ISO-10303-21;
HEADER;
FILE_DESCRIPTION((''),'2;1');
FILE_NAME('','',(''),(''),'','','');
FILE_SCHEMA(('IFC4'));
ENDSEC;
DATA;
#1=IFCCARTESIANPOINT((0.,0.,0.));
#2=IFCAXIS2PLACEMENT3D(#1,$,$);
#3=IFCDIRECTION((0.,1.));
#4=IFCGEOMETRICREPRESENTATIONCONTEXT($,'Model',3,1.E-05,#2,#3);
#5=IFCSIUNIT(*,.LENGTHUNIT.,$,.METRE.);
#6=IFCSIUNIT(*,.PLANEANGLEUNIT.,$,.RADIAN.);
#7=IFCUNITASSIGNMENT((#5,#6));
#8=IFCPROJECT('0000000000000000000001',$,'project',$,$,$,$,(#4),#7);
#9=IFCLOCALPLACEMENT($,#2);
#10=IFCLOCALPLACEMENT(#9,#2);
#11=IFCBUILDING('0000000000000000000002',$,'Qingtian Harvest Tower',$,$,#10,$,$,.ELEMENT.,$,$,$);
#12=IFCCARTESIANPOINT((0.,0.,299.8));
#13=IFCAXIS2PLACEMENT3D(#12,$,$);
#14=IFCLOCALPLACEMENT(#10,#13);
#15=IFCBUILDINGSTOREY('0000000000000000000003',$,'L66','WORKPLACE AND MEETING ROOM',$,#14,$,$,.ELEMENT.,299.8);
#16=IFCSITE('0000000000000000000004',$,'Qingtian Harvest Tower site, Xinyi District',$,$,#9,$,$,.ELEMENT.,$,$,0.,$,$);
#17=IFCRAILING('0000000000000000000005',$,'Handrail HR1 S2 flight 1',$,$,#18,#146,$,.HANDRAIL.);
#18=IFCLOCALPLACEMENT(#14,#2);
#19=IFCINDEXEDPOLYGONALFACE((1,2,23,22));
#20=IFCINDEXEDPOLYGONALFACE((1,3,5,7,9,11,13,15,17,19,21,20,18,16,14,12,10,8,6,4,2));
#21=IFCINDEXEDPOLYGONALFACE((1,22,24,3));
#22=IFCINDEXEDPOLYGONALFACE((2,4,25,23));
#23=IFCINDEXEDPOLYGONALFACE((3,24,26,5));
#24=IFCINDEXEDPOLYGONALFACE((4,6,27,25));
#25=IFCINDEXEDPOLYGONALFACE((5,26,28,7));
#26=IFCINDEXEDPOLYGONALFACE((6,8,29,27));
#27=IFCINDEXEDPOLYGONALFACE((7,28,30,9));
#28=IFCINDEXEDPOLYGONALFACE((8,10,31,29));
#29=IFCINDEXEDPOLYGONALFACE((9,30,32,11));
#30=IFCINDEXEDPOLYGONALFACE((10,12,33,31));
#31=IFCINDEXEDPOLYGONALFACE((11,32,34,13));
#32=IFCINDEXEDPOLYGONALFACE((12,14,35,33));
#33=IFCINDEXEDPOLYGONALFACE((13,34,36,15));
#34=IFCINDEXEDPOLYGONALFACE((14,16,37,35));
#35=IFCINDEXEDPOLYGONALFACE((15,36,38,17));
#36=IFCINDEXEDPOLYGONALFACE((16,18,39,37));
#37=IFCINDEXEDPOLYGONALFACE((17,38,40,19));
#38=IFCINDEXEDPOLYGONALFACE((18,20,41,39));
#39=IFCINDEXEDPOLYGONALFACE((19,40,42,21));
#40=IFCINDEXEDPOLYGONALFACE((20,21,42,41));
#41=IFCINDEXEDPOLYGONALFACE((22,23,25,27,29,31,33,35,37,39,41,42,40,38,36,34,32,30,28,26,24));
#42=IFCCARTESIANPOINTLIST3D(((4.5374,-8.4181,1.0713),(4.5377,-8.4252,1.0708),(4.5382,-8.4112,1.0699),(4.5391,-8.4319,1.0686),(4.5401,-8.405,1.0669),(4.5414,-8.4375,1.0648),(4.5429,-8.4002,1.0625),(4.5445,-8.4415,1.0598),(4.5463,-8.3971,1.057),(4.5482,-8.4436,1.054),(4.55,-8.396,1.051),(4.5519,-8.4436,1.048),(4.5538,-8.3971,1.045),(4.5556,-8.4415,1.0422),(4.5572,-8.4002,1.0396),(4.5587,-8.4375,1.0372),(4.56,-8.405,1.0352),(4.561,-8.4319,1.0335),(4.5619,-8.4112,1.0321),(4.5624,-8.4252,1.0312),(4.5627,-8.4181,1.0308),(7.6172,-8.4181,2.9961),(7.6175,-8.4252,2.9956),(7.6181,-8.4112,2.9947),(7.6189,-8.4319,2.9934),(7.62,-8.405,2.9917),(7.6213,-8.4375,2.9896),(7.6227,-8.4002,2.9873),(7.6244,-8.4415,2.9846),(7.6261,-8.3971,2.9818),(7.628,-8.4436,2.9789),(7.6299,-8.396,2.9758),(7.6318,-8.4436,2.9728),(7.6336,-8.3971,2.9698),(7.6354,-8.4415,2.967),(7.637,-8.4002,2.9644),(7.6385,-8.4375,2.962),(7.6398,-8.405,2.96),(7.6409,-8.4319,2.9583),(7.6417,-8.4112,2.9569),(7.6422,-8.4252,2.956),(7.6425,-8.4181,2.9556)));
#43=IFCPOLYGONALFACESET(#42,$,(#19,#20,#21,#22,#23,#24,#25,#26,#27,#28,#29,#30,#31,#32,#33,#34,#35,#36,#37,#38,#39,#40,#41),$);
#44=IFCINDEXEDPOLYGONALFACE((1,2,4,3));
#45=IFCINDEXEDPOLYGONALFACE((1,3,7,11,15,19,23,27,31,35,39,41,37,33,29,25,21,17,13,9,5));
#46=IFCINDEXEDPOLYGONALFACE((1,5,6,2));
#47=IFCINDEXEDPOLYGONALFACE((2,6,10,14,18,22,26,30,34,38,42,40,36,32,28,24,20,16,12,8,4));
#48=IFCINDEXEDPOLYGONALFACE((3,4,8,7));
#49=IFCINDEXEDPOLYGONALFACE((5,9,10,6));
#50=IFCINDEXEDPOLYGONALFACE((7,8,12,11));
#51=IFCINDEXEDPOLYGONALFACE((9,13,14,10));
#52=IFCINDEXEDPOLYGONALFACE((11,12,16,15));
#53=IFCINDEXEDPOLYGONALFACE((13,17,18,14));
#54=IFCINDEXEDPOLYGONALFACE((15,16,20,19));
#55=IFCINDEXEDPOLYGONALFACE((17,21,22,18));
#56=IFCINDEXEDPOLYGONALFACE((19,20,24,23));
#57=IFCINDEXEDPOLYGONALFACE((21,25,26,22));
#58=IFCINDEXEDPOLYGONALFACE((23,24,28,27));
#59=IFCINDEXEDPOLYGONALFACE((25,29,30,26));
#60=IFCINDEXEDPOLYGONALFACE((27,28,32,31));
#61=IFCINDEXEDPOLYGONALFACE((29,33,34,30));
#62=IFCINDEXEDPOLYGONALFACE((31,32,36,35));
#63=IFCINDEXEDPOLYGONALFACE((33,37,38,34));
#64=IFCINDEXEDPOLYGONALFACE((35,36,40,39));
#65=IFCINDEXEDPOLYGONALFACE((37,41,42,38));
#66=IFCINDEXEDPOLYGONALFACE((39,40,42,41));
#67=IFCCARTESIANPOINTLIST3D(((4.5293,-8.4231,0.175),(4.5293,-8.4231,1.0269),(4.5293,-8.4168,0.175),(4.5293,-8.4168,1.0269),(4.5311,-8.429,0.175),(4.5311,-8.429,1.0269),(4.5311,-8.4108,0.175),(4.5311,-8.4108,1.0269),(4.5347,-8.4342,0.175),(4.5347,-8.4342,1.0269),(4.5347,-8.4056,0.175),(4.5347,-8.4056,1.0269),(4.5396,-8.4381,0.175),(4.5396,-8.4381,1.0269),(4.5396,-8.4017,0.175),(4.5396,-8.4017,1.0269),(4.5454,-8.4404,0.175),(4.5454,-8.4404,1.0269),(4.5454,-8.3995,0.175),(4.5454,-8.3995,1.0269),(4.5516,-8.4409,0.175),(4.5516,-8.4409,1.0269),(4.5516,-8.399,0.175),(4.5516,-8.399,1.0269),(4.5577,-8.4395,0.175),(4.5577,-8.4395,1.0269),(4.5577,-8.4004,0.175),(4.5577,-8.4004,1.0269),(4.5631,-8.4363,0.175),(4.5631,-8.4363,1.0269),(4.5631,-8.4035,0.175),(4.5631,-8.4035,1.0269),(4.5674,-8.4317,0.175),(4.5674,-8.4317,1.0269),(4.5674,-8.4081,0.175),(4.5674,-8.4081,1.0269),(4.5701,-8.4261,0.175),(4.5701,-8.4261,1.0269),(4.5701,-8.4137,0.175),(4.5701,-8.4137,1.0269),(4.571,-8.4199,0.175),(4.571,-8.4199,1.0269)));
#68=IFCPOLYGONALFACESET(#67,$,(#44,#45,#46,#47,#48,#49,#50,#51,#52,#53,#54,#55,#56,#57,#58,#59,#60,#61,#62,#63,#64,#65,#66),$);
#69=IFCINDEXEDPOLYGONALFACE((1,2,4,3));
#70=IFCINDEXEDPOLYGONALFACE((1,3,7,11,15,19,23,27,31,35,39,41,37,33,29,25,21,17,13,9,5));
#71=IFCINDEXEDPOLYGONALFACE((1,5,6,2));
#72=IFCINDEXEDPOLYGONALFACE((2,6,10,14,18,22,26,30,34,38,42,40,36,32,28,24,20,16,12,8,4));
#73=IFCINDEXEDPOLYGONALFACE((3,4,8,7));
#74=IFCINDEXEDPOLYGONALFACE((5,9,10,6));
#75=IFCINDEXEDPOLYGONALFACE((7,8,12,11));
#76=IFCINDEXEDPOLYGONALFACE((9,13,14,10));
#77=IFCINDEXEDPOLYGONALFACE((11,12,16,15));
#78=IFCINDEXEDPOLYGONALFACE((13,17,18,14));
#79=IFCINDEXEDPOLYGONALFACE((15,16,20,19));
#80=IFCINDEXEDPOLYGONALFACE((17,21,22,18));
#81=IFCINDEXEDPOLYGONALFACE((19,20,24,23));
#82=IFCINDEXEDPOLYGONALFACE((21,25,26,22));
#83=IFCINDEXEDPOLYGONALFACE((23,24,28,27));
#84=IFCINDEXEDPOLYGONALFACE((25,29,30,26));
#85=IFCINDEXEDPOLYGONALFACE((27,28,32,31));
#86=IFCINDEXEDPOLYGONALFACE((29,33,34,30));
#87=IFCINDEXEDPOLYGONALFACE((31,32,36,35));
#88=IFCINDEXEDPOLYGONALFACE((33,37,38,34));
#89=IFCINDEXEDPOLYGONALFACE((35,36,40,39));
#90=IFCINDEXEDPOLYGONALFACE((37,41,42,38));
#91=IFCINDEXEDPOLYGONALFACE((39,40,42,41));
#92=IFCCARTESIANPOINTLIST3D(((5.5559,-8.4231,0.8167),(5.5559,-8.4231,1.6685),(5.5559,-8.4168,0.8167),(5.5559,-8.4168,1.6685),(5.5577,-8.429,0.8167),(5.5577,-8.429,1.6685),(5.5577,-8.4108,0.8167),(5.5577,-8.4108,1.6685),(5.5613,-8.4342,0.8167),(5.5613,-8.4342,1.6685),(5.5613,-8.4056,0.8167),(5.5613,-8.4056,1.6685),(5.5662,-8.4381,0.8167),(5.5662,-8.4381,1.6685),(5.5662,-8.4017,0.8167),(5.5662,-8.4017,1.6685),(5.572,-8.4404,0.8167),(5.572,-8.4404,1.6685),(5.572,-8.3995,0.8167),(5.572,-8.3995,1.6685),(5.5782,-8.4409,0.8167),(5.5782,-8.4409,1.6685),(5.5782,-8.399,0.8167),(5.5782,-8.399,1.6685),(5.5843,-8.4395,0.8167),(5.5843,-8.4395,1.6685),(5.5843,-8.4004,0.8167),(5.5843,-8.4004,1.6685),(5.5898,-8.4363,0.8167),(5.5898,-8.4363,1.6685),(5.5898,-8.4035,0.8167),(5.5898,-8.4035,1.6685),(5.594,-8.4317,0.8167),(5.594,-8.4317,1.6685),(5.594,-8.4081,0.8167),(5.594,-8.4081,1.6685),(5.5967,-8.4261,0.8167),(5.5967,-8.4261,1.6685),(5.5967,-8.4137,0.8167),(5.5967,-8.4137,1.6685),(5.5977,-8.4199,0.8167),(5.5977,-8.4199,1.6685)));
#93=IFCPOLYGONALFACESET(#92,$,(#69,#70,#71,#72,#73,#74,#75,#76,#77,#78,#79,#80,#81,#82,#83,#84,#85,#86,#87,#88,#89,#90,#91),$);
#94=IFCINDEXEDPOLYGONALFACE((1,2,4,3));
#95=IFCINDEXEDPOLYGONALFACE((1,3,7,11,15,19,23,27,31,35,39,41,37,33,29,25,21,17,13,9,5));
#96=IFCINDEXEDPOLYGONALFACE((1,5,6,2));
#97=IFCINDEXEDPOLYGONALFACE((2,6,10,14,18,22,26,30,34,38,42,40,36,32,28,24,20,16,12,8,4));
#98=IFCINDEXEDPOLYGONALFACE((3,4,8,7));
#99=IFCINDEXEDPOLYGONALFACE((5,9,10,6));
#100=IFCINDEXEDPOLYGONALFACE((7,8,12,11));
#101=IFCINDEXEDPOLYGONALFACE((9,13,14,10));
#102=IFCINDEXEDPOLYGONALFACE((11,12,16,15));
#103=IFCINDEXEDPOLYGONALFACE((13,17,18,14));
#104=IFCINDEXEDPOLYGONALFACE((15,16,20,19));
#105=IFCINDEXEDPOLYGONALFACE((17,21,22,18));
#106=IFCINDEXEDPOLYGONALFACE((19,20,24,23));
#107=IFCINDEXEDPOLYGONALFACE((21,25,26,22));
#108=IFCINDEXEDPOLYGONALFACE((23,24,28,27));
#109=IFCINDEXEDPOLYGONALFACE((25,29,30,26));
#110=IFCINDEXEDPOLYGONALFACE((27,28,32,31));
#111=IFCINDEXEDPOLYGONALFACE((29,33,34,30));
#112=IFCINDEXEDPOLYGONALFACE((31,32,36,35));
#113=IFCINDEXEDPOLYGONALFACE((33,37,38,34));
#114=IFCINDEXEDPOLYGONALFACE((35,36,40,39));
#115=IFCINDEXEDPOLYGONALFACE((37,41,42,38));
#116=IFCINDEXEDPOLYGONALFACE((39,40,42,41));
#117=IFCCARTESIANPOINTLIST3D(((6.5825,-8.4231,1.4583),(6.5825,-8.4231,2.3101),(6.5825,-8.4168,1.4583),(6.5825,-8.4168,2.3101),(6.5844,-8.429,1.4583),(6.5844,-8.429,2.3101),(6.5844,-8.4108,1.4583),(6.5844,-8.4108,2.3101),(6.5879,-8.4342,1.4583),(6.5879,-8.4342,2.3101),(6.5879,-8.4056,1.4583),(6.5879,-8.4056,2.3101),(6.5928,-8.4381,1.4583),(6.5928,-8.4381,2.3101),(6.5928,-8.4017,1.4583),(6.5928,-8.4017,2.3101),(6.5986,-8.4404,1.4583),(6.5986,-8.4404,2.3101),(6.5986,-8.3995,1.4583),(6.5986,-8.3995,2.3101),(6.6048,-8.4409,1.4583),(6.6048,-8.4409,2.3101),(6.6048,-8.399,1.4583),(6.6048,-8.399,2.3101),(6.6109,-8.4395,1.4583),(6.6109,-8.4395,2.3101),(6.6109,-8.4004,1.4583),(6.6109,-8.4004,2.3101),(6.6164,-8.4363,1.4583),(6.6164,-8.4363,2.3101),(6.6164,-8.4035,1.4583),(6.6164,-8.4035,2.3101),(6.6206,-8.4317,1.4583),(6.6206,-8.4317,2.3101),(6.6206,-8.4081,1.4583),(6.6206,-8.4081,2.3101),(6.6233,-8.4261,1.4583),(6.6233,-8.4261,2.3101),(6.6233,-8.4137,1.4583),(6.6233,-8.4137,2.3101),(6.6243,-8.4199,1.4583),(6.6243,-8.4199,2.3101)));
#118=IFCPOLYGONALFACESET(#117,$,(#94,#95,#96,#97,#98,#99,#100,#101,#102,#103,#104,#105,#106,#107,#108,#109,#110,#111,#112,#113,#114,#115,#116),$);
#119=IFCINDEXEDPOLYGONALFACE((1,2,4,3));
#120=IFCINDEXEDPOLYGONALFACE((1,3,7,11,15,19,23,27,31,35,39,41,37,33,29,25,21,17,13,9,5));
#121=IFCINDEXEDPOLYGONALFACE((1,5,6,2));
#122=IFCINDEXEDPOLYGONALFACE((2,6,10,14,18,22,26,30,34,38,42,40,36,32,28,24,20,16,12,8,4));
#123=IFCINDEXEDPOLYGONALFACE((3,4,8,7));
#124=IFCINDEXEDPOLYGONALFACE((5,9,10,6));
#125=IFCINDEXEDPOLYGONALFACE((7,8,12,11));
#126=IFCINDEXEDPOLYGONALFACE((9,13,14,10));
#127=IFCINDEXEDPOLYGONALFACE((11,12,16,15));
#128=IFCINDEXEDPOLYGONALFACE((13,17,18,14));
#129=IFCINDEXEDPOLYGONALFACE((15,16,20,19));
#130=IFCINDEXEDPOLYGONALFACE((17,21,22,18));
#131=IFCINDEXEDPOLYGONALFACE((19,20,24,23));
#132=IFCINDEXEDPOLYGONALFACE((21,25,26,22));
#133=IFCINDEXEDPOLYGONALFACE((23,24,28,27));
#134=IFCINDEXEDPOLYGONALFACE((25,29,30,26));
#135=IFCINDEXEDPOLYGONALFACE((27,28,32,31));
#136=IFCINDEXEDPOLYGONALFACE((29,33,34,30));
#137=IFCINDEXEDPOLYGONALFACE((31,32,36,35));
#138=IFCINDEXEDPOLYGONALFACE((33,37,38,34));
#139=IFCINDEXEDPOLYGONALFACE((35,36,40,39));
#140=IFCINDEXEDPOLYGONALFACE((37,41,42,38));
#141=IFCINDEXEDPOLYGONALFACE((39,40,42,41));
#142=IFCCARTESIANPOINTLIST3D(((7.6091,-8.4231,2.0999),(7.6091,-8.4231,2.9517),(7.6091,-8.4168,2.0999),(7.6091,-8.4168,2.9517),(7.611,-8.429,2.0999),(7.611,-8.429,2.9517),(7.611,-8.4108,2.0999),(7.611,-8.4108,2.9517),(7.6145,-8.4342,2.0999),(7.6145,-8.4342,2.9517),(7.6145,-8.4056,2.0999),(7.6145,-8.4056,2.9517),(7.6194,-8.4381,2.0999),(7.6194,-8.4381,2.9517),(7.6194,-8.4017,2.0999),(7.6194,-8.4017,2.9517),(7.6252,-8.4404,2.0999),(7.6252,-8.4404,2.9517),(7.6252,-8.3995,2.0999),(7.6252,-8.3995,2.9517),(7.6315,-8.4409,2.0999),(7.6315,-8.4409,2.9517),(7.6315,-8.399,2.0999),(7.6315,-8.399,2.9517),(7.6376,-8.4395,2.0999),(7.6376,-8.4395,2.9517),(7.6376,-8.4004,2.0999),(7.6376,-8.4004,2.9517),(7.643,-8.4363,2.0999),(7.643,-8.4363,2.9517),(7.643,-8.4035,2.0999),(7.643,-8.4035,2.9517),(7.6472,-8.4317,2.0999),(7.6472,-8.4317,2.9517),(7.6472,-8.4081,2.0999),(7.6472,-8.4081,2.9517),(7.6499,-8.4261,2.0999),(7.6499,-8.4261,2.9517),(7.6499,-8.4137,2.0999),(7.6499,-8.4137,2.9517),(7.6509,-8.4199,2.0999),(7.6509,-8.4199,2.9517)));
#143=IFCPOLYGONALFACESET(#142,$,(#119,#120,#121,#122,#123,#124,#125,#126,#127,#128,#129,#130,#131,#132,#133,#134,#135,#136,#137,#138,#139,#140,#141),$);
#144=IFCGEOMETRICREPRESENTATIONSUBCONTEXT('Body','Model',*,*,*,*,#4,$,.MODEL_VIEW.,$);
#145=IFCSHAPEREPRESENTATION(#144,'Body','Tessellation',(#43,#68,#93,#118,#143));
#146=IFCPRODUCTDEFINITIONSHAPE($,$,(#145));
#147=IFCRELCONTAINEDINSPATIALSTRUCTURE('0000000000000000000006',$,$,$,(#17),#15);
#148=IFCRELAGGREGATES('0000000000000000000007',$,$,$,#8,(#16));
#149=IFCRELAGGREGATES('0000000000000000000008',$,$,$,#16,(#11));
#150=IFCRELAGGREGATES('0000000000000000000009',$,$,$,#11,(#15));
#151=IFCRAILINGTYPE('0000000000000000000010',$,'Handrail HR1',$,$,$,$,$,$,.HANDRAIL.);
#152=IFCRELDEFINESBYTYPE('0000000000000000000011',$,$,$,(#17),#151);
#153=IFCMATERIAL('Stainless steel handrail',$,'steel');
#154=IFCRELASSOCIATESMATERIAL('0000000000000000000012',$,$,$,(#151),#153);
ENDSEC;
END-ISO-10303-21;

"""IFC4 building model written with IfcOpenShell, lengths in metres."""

from ifc_helpers import new_model, si_unit, direction, frame, origin, origin_2d, place, context, subcontext, project, spatial, circle, extrude, material, type_object, element, save


model = new_model("IFC4")

# Units and contexts
model_context = context("Model", 3, precision=1e-05, world=origin(), true_north=direction((0.0, 1.0)))
body_context = subcontext(model_context, "Body", "Model", "MODEL_VIEW")
ifc_project = project(units=[si_unit("LENGTHUNIT", "METRE"), si_unit("PLANEANGLEUNIT", "RADIAN")], contexts=[model_context])

# Site, building, storey
site_placement = place(None, origin())
site = spatial("IfcSite", under=ifc_project, at=site_placement, Name="Qingtian Harvest Tower site, Xinyi District", CompositionType="ELEMENT", RefElevation=0.0)
building_placement = place(site_placement, origin())
building = spatial("IfcBuilding", under=site, at=building_placement, Name="Qingtian Harvest Tower", CompositionType="ELEMENT")
storey_placement = place(building_placement, frame((0.0, 0.0, 299.8)))
storey = spatial("IfcBuildingStorey", under=building, at=storey_placement, Name="L66", Description="WORKPLACE AND MEETING ROOM", CompositionType="ELEMENT", Elevation=299.8)

# Railing
ifc_material_1 = material(Name="Stainless steel handrail", Category="steel")
railing_type = type_object("IfcRailingType", Name="Handrail HR1", PredefinedType="HANDRAIL", material=ifc_material_1)
railing_1_placement = place(storey_placement, frame((4.55, -8.4199, 0.175)))
element("IfcRailing", 1, at=railing_1_placement, inside=storey, type_object=railing_type, Name="Handrail HR1 S2 flight 1", PredefinedType="HANDRAIL", context=body_context, shape_type="SweptSolid", body=[
    extrude(circle(Radius=0.0239, at=origin_2d()), frame((0.0, 0.0, 0.876), z_axis=(0.84801, 0.0, 0.529981), x_axis=(0.0, 1.0, 0.0)), (0.0, 0.0, 1.0), 3.6318),
    extrude(circle(Radius=0.021, at=origin_2d()), origin(), (0.0, 0.0, 1.0), 0.8518),
    extrude(circle(Radius=0.021, at=origin_2d()), frame((1.0266, 0.0, 0.6416)), (0.0, 0.0, 1.0), 0.8518),
    extrude(circle(Radius=0.021, at=origin_2d()), frame((2.0532, 0.0, 1.2832)), (0.0, 0.0, 1.0), 0.8518),
    extrude(circle(Radius=0.021, at=origin_2d()), frame((3.0798, 0.0, 1.9248)), (0.0, 0.0, 1.0), 0.8518),
])

save(model, "model.ifc")
